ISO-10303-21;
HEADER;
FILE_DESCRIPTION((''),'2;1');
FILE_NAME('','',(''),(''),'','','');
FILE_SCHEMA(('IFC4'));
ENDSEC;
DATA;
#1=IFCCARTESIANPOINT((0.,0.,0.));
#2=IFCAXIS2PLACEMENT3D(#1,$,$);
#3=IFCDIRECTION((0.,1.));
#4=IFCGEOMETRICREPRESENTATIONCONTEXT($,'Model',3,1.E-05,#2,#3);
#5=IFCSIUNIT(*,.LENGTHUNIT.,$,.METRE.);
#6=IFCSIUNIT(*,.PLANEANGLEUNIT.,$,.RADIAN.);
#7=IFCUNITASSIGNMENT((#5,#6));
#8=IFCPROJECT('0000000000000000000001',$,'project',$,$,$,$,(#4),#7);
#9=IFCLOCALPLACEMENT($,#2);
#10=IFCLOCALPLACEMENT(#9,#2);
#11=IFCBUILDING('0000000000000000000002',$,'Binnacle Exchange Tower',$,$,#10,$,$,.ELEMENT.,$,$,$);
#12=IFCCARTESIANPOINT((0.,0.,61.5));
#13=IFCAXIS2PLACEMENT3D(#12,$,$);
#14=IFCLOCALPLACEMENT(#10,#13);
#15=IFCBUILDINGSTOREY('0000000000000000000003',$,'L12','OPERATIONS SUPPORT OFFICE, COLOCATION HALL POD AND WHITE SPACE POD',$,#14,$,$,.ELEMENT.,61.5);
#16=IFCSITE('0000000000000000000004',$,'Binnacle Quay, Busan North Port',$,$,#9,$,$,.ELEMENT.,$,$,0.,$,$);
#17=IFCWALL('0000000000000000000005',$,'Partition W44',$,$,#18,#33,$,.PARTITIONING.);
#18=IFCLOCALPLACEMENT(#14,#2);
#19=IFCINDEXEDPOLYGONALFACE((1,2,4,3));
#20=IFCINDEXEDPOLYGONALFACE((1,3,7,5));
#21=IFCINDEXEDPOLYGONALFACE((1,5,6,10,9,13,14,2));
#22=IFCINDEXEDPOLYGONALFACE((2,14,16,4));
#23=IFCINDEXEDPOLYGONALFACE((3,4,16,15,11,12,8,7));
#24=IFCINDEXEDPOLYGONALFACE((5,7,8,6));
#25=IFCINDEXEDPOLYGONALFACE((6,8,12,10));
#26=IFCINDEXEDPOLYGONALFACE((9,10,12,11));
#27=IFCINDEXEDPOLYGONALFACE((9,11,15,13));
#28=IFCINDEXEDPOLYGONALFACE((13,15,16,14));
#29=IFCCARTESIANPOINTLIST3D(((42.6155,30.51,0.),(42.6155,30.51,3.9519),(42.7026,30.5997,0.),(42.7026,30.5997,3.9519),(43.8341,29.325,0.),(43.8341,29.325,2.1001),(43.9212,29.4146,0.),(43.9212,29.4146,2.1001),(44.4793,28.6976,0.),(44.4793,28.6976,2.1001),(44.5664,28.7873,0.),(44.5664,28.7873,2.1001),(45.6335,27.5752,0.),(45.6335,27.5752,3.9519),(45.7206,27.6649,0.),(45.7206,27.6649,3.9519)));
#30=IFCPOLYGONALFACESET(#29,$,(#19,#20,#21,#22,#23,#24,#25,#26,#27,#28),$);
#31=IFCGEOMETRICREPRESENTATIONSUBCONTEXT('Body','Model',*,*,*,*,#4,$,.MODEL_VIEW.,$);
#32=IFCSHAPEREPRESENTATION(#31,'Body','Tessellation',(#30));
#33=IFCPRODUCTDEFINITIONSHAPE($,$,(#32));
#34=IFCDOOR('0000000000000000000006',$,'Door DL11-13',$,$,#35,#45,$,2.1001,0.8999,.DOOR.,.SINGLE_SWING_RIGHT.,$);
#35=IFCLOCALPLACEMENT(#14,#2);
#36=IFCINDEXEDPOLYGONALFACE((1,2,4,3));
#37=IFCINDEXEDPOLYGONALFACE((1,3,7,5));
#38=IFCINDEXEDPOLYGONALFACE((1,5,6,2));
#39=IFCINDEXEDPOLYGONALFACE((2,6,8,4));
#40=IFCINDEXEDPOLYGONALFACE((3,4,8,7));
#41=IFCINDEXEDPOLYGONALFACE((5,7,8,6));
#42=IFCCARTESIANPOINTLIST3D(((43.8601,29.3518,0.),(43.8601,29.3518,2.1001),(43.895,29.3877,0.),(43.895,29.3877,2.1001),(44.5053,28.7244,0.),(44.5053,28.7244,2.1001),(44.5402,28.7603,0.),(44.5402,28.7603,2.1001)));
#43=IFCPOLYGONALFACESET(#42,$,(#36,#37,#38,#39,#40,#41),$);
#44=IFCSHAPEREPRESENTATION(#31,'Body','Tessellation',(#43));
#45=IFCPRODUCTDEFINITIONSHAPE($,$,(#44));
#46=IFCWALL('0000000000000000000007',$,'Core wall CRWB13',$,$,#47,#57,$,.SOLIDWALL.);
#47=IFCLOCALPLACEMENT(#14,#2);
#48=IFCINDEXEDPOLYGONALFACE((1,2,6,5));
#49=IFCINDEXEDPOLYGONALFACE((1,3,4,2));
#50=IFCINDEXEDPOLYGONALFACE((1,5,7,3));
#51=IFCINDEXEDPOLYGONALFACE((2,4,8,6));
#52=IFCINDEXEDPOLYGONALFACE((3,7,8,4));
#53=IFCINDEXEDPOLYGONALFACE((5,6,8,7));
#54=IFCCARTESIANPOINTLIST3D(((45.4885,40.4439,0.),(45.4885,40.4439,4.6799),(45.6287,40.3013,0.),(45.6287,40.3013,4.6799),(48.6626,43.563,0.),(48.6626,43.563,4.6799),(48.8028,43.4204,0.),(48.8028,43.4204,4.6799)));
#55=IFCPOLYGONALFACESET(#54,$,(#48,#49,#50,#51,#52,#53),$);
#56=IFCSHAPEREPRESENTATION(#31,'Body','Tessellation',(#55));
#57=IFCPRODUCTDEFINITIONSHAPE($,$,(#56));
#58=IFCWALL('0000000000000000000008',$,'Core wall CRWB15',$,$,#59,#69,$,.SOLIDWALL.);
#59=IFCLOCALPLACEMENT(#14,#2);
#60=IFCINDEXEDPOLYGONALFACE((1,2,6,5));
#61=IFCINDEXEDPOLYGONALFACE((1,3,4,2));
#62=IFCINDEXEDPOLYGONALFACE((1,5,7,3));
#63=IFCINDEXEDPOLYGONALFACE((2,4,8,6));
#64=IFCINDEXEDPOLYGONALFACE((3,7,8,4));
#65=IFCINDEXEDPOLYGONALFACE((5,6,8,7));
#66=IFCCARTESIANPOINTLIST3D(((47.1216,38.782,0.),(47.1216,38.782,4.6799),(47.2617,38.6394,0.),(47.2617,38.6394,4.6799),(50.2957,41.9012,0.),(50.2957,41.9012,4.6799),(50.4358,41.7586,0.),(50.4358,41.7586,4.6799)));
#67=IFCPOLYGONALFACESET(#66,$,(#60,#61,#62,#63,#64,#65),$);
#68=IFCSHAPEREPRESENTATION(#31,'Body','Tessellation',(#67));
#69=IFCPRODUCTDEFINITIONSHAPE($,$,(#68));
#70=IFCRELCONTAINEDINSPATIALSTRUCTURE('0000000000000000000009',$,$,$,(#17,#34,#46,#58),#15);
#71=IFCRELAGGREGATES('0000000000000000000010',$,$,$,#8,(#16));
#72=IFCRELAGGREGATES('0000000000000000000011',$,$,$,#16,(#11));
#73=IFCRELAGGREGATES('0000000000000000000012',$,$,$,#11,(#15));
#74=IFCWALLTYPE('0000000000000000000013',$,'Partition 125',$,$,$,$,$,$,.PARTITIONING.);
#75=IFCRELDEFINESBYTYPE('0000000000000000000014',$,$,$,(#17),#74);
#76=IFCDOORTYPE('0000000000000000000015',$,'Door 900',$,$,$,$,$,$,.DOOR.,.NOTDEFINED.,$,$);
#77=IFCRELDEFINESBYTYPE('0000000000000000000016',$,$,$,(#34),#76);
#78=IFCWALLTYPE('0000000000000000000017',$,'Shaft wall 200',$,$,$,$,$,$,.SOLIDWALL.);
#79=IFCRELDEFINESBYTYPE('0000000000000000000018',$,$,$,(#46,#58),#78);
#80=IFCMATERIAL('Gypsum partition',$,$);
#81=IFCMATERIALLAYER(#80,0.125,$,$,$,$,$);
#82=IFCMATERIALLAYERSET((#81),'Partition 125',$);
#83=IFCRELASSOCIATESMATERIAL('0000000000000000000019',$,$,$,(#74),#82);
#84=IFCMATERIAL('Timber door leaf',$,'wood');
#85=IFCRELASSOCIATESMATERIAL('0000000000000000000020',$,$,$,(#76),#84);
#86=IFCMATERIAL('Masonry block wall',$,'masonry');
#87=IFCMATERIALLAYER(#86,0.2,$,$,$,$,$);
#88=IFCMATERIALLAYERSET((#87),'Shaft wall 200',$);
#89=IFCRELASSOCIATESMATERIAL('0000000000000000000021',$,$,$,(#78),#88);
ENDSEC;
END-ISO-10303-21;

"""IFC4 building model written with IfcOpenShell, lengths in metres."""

from ifc_helpers import new_model, si_unit, direction, frame, frame_2d, origin, place, context, subcontext, project, spatial, rectangle, extrude, material, layer, layer_set, type_object, element, fill, save


model = new_model("IFC4")

# Units and contexts
model_context = context("Model", 3, precision=1e-05, world=origin(), true_north=direction((0.0, 1.0)))
body_context = subcontext(model_context, "Body", "Model", "MODEL_VIEW")
ifc_project = project(units=[si_unit("LENGTHUNIT", "METRE"), si_unit("PLANEANGLEUNIT", "RADIAN")], contexts=[model_context])

# Site, building, storey
site_placement = place(None, origin())
site = spatial("IfcSite", under=ifc_project, at=site_placement, Name="Binnacle Quay, Busan North Port", CompositionType="ELEMENT", RefElevation=0.0)
building_placement = place(site_placement, origin())
building = spatial("IfcBuilding", under=site, at=building_placement, Name="Binnacle Exchange Tower", CompositionType="ELEMENT")
storey_placement = place(building_placement, frame((0.0, 0.0, 61.5)))
storey = spatial("IfcBuildingStorey", under=building, at=storey_placement, Name="L12", Description="OPERATIONS SUPPORT OFFICE, COLOCATION HALL POD AND WHITE SPACE POD", CompositionType="ELEMENT", Elevation=61.5)

# Wall, opening, door
ifc_material_1 = material(Name="Gypsum partition")
ifc_layer_1 = layer(ifc_material_1, 0.125)
ifc_layer_set_1 = layer_set([ifc_layer_1], Name="Partition 125")
wall_type_1 = type_object("IfcWallType", Name="Partition 125", PredefinedType="PARTITIONING", material=ifc_layer_set_1)
wall_1_placement = place(storey_placement, frame((42.6589, 30.5549, 0.0), z_axis=(0.0, 0.0, 1.0), x_axis=(0.716926, -0.69715, 0.0)))
wall_1 = element("IfcWall", 1, at=wall_1_placement, inside=storey, type_object=wall_type_1, Name="Partition W44", PredefinedType="PARTITIONING", context=body_context, shape_type="SweptSolid", body=[
    extrude(rectangle(XDim=4.2097, YDim=0.125, at=frame_2d((2.105, 0.0))), origin(), (0.0, 0.0, 1.0), 3.9519),
])
opening_1_placement = place(wall_1_placement, frame((1.7, 0.0, 0.0)))
opening_1 = element("IfcOpeningElement", 2, at=opening_1_placement, cuts=wall_1, PredefinedType="OPENING", context=body_context, shape_type="SweptSolid", body=[
    extrude(rectangle(XDim=0.8999, YDim=2.1001, at=frame_2d((0.45, 1.05))), frame((0.0, 0.0725, 0.0), z_axis=(0.0, -1.0, 0.0), x_axis=(1.0, 0.0, 0.0)), (0.0, 0.0, 1.0), 0.145),
])
ifc_material_2 = material(Name="Timber door leaf", Category="wood")
door_type_1 = type_object("IfcDoorType", Name="Door 900", OperationType="NOTDEFINED", PredefinedType="DOOR", material=ifc_material_2)
door_1_placement = place(opening_1_placement, origin())
door_1 = element("IfcDoor", 3, at=door_1_placement, inside=storey, type_object=door_type_1, Name="Door DL11-13", OperationType="SINGLE_SWING_RIGHT", OverallHeight=2.1001, OverallWidth=0.8999, PredefinedType="DOOR", context=body_context, shape_type="SweptSolid", body=[
    extrude(rectangle(XDim=0.8999, YDim=2.1001, at=frame_2d((0.45, 1.05))), frame((0.0, 0.0249, 0.0), z_axis=(0.0, -1.0, 0.0), x_axis=(1.0, 0.0, 0.0)), (0.0, 0.0, 1.0), 0.05),
])
fill(opening_1, door_1)

# Walls
ifc_material_3 = material(Name="Masonry block wall", Category="masonry")
ifc_layer_2 = layer(ifc_material_3, 0.2)
ifc_layer_set_2 = layer_set([ifc_layer_2], Name="Shaft wall 200")
wall_type_2 = type_object("IfcWallType", Name="Shaft wall 200", PredefinedType="SOLIDWALL", material=ifc_layer_set_2)
for number, where, z_axis, x_axis, name in (
    (4, (45.5586, 40.3726, 0.0), (0.0, 0.0, 1.0), (0.713252, 0.700908, 0.0), "Core wall CRWB13"),
    (5, (47.1917, 38.7107, 0.0), (0.0, 0.0, 1.0), (0.713252, 0.700908, 0.0), "Core wall CRWB15"),
):
    element("IfcWall", number, at=place(storey_placement, frame(where, z_axis=z_axis, x_axis=x_axis)), inside=storey, type_object=wall_type_2, Name=name, PredefinedType="SOLIDWALL", context=body_context, shape_type="SweptSolid", body=[
        extrude(rectangle(XDim=4.4502, YDim=0.2, at=frame_2d((2.2251, 0.0))), origin(), (0.0, 0.0, 1.0), 4.6799),
    ])

save(model, "model.ifc")
